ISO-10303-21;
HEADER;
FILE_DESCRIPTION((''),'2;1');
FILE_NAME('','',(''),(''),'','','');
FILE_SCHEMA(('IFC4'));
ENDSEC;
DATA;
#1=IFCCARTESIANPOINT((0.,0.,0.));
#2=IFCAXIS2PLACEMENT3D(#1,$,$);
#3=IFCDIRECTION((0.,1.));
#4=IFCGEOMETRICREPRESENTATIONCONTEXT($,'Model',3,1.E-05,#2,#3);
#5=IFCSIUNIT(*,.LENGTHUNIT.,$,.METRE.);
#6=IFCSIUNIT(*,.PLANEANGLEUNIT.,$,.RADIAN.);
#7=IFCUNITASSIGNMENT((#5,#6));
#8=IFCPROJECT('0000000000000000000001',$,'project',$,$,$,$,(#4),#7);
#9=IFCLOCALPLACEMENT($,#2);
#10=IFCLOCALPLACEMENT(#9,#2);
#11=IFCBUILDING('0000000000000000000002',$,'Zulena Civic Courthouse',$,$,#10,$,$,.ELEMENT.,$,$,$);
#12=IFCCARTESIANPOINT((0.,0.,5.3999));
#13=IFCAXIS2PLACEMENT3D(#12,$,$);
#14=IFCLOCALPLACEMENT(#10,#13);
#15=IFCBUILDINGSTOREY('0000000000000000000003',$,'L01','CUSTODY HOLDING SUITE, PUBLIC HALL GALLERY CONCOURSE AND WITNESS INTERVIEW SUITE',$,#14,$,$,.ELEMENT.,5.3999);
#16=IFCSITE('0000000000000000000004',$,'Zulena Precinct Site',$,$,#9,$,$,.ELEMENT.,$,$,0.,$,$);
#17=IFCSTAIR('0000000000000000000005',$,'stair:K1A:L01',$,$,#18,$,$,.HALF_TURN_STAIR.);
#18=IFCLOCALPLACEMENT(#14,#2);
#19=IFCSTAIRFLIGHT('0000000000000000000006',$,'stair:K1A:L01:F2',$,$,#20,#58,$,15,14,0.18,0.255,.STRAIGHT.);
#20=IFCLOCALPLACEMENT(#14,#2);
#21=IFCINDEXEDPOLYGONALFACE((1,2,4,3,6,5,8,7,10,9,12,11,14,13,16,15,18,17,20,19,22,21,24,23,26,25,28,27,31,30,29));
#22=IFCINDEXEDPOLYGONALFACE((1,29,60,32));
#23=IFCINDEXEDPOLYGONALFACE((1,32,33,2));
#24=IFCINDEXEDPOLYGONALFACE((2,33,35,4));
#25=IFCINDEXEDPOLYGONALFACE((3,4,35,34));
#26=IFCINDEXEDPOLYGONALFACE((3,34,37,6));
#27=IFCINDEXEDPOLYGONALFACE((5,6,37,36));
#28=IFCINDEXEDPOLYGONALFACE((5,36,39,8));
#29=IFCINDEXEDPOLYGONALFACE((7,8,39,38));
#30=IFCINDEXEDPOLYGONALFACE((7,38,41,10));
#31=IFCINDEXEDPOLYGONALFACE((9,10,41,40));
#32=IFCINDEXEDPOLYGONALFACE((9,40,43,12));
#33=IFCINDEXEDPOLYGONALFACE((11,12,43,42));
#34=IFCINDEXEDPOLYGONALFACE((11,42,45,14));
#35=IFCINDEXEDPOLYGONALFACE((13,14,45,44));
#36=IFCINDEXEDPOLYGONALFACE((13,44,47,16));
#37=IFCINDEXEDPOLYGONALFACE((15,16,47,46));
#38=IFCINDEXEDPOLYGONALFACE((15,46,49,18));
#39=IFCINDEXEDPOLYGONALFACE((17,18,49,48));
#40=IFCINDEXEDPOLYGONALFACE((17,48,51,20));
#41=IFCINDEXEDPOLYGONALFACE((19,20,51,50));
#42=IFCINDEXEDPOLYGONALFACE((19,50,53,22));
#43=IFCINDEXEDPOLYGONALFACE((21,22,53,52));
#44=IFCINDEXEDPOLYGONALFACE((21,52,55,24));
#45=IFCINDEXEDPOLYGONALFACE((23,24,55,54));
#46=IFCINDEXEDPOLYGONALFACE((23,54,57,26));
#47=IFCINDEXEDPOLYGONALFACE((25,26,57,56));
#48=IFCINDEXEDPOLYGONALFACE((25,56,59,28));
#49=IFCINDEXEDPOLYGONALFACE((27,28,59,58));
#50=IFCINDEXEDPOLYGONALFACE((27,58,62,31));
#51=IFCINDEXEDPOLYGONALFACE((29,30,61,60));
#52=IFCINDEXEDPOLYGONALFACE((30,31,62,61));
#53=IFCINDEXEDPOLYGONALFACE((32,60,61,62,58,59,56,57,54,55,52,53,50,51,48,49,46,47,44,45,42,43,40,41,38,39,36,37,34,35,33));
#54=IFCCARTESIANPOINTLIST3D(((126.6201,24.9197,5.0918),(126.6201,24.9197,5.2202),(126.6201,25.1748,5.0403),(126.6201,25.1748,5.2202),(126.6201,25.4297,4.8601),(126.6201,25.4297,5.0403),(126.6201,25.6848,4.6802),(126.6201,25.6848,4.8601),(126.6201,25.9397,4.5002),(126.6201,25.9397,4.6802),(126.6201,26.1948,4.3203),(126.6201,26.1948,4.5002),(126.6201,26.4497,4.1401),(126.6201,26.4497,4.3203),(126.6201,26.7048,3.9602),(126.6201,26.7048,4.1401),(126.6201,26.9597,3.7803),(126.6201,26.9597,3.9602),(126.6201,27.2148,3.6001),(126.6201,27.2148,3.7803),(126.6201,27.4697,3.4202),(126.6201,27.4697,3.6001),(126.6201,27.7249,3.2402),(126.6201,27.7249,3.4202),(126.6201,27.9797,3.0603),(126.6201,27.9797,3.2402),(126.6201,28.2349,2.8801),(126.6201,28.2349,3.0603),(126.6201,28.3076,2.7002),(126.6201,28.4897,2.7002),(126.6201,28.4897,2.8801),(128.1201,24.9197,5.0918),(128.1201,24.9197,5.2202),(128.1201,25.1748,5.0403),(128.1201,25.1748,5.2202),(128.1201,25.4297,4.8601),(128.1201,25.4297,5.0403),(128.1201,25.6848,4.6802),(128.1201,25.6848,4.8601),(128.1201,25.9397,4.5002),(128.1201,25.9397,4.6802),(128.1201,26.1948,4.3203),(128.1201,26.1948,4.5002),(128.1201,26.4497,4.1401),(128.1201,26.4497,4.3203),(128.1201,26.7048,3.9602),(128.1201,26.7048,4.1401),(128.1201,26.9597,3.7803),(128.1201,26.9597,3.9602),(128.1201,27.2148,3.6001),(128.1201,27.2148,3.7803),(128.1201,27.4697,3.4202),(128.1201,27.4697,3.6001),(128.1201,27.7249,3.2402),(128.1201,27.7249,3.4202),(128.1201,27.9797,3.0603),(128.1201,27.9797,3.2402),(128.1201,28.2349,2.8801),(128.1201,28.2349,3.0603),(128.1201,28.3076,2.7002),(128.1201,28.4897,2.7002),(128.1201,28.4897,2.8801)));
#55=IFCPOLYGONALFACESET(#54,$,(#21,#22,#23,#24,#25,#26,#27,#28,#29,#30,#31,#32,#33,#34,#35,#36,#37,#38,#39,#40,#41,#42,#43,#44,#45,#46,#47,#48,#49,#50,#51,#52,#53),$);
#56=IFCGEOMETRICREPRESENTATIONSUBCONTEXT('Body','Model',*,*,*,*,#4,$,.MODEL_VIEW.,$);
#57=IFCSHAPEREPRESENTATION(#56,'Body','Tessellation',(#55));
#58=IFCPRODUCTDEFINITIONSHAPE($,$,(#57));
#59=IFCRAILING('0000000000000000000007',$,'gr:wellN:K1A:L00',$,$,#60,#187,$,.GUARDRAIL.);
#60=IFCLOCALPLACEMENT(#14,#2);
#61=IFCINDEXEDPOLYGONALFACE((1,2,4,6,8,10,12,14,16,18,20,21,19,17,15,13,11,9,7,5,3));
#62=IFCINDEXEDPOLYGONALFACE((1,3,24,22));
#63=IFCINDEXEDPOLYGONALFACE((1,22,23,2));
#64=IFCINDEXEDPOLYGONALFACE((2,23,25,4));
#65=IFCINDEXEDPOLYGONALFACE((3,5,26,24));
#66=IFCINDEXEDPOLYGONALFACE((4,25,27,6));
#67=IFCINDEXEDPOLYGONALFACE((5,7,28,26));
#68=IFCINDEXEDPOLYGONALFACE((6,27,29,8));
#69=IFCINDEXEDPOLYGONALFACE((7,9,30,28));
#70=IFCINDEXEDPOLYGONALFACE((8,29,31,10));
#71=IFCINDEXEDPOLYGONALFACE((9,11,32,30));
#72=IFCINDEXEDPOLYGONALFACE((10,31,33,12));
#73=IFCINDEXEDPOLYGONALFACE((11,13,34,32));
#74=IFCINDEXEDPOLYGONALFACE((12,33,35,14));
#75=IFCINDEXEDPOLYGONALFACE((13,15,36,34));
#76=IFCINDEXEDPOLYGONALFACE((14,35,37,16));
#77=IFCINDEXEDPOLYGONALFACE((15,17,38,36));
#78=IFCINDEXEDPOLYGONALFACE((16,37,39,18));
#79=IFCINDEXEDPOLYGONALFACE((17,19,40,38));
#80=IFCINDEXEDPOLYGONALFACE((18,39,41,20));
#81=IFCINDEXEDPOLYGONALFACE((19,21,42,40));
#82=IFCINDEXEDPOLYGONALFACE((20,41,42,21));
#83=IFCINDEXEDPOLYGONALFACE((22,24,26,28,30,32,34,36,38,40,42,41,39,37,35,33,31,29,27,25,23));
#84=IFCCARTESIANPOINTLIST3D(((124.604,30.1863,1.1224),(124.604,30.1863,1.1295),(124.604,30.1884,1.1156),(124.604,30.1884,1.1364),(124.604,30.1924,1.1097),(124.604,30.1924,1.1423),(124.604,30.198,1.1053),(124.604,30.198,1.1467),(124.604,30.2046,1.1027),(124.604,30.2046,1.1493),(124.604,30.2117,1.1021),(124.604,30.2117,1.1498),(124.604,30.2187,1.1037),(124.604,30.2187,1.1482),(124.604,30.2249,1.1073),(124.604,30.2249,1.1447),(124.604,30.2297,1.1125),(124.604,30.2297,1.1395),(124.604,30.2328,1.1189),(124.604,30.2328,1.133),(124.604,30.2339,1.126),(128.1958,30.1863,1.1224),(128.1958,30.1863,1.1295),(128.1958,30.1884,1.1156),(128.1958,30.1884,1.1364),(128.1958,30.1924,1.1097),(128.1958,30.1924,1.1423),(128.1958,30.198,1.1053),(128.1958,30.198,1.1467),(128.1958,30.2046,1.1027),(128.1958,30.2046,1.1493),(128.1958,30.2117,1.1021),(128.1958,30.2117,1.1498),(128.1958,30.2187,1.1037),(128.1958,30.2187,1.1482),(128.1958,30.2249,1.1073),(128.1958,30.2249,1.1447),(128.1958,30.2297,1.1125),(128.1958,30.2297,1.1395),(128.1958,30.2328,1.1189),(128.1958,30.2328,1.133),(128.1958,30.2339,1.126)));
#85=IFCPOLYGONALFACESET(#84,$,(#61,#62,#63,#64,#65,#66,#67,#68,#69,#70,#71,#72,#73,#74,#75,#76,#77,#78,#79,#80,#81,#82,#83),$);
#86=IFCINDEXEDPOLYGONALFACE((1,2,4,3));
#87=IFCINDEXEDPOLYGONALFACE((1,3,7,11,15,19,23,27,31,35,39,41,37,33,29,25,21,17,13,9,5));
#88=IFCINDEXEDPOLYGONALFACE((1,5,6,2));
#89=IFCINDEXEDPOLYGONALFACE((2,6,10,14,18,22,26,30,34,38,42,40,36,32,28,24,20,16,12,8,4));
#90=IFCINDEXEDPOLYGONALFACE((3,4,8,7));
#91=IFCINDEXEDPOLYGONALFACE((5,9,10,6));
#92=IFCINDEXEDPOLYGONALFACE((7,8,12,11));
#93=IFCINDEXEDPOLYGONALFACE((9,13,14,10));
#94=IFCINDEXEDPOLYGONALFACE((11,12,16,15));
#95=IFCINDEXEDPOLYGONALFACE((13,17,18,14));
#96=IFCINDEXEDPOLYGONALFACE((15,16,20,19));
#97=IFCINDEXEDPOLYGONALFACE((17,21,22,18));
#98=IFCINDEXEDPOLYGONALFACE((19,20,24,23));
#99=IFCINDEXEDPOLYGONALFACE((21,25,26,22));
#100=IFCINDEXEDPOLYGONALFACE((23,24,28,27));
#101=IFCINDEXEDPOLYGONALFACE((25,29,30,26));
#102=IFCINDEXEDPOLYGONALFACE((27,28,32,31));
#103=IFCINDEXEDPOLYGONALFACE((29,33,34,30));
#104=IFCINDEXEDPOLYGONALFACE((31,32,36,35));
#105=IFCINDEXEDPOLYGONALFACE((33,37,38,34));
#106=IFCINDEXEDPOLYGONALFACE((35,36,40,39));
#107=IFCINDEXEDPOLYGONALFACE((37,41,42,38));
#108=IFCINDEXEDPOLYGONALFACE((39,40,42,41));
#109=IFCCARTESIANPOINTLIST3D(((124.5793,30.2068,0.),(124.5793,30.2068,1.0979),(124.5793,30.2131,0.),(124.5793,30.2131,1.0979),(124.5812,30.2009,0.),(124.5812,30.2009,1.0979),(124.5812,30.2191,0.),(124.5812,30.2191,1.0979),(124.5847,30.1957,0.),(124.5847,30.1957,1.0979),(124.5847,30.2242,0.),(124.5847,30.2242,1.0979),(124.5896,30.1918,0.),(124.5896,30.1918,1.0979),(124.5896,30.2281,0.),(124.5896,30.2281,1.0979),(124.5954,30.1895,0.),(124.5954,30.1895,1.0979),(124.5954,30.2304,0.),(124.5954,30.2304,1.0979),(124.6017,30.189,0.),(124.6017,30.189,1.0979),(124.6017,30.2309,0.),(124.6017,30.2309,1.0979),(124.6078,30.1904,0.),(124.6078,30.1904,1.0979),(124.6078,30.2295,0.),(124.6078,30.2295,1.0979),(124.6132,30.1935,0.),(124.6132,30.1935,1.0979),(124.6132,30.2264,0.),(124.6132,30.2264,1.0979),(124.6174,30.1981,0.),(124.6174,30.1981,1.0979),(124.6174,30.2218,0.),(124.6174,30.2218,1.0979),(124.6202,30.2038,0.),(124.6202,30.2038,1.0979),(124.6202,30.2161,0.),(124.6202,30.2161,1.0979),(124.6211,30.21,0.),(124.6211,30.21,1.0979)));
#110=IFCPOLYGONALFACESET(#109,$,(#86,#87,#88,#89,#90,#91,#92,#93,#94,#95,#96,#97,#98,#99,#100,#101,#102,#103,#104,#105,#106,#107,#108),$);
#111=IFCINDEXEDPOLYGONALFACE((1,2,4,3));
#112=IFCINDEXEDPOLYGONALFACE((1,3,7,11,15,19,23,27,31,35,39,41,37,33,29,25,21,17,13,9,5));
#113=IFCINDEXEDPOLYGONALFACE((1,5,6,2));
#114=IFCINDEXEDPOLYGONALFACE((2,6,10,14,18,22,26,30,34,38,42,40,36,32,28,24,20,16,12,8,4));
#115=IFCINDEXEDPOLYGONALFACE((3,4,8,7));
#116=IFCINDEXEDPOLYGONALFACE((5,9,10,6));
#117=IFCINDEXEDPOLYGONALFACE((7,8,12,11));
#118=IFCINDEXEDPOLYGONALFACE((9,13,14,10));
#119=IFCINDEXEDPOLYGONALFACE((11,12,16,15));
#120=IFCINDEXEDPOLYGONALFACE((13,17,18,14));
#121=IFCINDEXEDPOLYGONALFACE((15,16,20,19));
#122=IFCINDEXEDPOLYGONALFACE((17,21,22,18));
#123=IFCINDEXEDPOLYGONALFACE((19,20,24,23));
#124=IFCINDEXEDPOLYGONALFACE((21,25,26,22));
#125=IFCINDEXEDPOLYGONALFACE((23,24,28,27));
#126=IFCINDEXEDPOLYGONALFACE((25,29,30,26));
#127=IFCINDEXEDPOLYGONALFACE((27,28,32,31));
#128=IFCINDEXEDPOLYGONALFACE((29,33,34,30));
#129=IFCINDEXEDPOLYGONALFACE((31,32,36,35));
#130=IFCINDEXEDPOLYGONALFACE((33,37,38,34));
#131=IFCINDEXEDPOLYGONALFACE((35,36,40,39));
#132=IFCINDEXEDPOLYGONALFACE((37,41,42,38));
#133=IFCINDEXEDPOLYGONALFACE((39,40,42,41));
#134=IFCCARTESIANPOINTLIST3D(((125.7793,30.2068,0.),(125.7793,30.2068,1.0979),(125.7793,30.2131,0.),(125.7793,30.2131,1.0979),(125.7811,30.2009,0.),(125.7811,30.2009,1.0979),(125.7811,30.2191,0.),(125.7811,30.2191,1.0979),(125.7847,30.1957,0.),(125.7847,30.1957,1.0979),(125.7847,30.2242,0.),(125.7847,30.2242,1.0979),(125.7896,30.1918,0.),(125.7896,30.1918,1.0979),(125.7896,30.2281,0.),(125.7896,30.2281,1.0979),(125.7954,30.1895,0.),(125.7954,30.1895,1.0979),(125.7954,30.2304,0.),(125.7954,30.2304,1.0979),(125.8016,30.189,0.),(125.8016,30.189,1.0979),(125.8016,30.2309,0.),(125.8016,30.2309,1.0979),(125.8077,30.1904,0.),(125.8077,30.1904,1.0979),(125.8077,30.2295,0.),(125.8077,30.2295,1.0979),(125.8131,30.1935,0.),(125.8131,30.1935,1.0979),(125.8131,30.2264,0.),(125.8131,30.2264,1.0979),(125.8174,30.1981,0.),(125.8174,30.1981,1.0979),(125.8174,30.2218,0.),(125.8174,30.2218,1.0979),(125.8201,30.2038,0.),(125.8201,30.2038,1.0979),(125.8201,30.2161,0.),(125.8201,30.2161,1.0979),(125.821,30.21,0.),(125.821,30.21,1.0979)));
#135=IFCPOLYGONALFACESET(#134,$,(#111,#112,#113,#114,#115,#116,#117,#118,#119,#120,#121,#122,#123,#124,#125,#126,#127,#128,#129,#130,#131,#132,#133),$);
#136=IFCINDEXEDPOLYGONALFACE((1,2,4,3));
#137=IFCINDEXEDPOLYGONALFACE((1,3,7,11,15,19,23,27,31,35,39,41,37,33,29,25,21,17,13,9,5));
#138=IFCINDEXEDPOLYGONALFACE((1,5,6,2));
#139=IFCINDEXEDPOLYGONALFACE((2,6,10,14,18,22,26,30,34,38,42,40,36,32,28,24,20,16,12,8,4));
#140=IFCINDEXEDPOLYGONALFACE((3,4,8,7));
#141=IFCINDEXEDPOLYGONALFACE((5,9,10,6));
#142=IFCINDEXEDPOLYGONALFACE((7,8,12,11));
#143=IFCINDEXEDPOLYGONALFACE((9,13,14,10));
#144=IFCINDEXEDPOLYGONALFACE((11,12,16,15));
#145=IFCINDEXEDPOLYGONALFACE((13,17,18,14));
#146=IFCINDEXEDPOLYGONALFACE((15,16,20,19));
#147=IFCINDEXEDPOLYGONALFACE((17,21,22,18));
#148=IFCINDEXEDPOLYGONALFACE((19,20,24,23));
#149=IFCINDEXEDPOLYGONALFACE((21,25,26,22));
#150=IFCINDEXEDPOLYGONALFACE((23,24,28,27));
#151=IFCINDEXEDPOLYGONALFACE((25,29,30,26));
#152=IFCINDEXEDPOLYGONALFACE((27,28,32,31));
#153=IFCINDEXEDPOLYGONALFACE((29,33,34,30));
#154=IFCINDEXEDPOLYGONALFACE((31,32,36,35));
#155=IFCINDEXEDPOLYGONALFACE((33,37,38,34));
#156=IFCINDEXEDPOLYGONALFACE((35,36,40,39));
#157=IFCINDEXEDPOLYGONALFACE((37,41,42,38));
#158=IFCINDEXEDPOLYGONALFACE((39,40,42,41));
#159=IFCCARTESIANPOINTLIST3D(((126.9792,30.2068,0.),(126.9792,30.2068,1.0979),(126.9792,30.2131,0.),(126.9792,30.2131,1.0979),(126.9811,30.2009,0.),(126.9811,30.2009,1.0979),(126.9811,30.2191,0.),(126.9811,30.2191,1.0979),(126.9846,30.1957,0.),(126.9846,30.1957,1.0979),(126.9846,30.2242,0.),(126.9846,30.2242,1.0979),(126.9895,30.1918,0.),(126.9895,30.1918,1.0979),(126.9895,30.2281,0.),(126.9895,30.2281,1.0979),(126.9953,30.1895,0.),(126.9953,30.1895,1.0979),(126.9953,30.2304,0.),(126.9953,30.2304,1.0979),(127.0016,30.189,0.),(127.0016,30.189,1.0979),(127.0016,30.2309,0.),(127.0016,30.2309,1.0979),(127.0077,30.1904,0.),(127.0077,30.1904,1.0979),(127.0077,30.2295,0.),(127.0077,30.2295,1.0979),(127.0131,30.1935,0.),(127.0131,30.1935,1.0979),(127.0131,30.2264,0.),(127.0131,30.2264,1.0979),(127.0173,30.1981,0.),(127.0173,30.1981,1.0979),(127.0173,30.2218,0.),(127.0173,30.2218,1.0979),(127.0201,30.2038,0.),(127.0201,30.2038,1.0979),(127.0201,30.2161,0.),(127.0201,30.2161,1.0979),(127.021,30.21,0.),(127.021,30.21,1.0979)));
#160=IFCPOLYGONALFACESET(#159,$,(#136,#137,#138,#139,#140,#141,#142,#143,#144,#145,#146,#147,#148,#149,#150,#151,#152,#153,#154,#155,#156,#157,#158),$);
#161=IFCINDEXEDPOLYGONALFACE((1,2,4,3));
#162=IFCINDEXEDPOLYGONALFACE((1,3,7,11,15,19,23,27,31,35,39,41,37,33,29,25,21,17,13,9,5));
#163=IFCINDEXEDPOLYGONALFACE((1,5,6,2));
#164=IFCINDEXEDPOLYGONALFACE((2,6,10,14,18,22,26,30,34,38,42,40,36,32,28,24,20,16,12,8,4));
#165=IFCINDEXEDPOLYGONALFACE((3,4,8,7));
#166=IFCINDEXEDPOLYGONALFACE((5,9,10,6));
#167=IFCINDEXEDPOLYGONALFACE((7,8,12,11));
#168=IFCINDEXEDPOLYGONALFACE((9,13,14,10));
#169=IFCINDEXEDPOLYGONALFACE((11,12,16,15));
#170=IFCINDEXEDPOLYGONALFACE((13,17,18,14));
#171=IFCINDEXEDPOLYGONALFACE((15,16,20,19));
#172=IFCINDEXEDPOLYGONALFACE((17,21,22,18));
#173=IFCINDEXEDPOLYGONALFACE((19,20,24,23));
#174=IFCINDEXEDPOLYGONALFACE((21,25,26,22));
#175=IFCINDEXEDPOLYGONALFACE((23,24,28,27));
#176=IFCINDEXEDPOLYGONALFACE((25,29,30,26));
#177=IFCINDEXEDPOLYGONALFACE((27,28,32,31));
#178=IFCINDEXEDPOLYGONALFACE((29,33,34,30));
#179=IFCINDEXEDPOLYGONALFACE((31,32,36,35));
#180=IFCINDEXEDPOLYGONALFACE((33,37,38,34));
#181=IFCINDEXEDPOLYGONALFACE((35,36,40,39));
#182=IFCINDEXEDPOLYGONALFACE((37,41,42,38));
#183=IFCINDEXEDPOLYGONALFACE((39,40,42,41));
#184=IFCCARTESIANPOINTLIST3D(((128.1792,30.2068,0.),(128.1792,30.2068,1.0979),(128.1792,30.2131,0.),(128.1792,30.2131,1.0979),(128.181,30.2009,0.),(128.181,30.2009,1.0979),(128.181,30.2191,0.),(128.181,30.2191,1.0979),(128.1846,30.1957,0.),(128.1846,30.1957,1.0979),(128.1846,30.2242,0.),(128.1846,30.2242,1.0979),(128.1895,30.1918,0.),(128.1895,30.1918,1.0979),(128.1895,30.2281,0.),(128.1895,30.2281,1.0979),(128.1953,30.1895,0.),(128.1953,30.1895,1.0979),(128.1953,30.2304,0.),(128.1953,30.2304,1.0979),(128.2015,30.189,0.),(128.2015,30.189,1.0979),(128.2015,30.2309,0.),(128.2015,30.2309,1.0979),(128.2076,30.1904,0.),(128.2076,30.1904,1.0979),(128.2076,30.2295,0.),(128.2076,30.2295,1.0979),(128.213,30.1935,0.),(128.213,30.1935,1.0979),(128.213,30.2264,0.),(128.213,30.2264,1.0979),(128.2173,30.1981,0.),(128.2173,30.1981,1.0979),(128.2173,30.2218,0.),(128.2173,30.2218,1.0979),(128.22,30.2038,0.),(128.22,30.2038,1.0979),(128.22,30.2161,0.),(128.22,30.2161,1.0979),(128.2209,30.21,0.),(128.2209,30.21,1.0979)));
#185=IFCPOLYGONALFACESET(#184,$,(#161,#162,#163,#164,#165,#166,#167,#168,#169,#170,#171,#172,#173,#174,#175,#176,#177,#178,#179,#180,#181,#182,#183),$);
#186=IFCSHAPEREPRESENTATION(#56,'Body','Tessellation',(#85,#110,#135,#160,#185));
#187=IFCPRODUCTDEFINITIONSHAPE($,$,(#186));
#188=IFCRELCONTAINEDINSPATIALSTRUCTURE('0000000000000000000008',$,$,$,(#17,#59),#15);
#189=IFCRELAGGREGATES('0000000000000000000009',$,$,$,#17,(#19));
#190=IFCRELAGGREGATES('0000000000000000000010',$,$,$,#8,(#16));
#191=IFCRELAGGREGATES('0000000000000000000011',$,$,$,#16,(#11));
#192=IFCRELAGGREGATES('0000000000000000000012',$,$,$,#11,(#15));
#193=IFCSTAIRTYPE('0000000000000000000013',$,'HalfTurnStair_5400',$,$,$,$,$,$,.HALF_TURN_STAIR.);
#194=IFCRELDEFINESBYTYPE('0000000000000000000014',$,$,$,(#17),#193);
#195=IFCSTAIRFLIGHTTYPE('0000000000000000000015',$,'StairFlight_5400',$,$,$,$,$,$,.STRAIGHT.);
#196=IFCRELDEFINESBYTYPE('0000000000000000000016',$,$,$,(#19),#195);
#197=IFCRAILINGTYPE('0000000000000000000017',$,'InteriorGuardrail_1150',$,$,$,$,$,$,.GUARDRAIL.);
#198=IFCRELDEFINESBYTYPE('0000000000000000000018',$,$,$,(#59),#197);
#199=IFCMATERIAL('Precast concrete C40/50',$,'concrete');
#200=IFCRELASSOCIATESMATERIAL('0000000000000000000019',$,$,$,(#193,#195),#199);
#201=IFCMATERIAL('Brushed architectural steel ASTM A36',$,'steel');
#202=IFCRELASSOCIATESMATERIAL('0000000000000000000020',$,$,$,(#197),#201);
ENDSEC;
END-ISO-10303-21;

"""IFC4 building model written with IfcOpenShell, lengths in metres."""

from ifc_helpers import new_model, si_unit, direction, frame, origin, origin_2d, place, context, subcontext, project, spatial, polyline, circle, outline, extrude, material, type_object, element, aggregate, save


model = new_model("IFC4")

# Units and contexts
model_context = context("Model", 3, precision=1e-05, world=origin(), true_north=direction((0.0, 1.0)))
body_context = subcontext(model_context, "Body", "Model", "MODEL_VIEW")
ifc_project = project(units=[si_unit("LENGTHUNIT", "METRE"), si_unit("PLANEANGLEUNIT", "RADIAN")], contexts=[model_context])

# Site, building, storey
site_placement = place(None, origin())
site = spatial("IfcSite", under=ifc_project, at=site_placement, Name="Zulena Precinct Site", CompositionType="ELEMENT", RefElevation=0.0)
building_placement = place(site_placement, origin())
building = spatial("IfcBuilding", under=site, at=building_placement, Name="Zulena Civic Courthouse", CompositionType="ELEMENT")
storey_placement = place(building_placement, frame((0.0, 0.0, 5.3999)))
storey = spatial("IfcBuildingStorey", under=building, at=storey_placement, Name="L01", Description="CUSTODY HOLDING SUITE, PUBLIC HALL GALLERY CONCOURSE AND WITNESS INTERVIEW SUITE", CompositionType="ELEMENT", Elevation=5.3999)

# Stair, stair flight
ifc_material_1 = material(Name="Precast concrete C40/50", Category="concrete")
stair_type = type_object("IfcStairType", Name="HalfTurnStair_5400", PredefinedType="HALF_TURN_STAIR", material=ifc_material_1)
stair_placement = place(storey_placement, origin())
stair = element("IfcStair", 1, at=stair_placement, inside=storey, type_object=stair_type, Name="stair:K1A:L01", PredefinedType="HALF_TURN_STAIR")
stair_flight_type = type_object("IfcStairFlightType", Name="StairFlight_5400", PredefinedType="STRAIGHT", material=ifc_material_1)
stair_flight_1_placement = place(storey_placement, frame((127.3701, 28.4897, 2.7002), z_axis=(0.0, 0.0, 1.0), x_axis=(0.0, -1.0, 0.0)))
stair_flight_1 = element("IfcStairFlight", 2, at=stair_flight_1_placement, type_object=stair_flight_type, Name="stair:K1A:L01:F2", NumberOfRisers=15, NumberOfTreads=14, PredefinedType="STRAIGHT", RiserHeight=0.18, TreadLength=0.255, context=body_context, shape_type="SweptSolid", body=[
    extrude(outline(polyline([(0.0, 0.0), (0.0, 0.1799), (0.2549, 0.1799), (0.2549, 0.3601), (0.51, 0.3601), (0.51, 0.54), (0.7649, 0.54), (0.7649, 0.72), (1.02, 0.72), (1.02, 0.8999), (1.2749, 0.8999), (1.2749, 1.0801), (1.53, 1.0801), (1.53, 1.26), (1.7849, 1.26), (1.7849, 1.4399), (2.04, 1.4399), (2.04, 1.6201), (2.2949, 1.6201), (2.2949, 1.8), (2.55, 1.8), (2.55, 1.98), (2.8049, 1.98), (2.8049, 2.1599), (3.0601, 2.1599), (3.0601, 2.3401), (3.3149, 2.3401), (3.3149, 2.52), (3.5701, 2.52), (3.5701, 2.7), (3.5701, 2.3916), (0.1821, 0.0), (0.0, 0.0)])), frame((0.0, 0.75, 0.0), z_axis=(0.0, -1.0, 0.0), x_axis=(1.0, 0.0, 0.0)), (0.0, 0.0, 1.0), 1.5),
])
aggregate(stair, [stair_flight_1])

# Railing
ifc_material_2 = material(Name="Brushed architectural steel ASTM A36", Category="steel")
railing_type_1 = type_object("IfcRailingType", Name="InteriorGuardrail_1150", PredefinedType="GUARDRAIL", material=ifc_material_2)
railing_1_placement = place(storey_placement, frame((124.6001, 30.21, 0.0)))
element("IfcRailing", 3, at=railing_1_placement, inside=storey, type_object=railing_type_1, Name="gr:wellN:K1A:L00", PredefinedType="GUARDRAIL", context=body_context, shape_type="SweptSolid", body=[
    extrude(circle(Radius=0.0239, at=origin_2d()), frame((0.0039, 0.0, 1.126), z_axis=(1.0, 0.0, 0.0), x_axis=(0.0, 1.0, 0.0)), (0.0, 0.0, 1.0), 3.5918),
    extrude(circle(Radius=0.021, at=origin_2d()), origin(), (0.0, 0.0, 1.0), 1.0979),
    extrude(circle(Radius=0.021, at=origin_2d()), frame((1.2, 0.0, 0.0)), (0.0, 0.0, 1.0), 1.0979),
    extrude(circle(Radius=0.021, at=origin_2d()), frame((2.3999, 0.0, 0.0)), (0.0, 0.0, 1.0), 1.0979),
    extrude(circle(Radius=0.021, at=origin_2d()), frame((3.5999, 0.0, 0.0)), (0.0, 0.0, 1.0), 1.0979),
])

save(model, "model.ifc")
